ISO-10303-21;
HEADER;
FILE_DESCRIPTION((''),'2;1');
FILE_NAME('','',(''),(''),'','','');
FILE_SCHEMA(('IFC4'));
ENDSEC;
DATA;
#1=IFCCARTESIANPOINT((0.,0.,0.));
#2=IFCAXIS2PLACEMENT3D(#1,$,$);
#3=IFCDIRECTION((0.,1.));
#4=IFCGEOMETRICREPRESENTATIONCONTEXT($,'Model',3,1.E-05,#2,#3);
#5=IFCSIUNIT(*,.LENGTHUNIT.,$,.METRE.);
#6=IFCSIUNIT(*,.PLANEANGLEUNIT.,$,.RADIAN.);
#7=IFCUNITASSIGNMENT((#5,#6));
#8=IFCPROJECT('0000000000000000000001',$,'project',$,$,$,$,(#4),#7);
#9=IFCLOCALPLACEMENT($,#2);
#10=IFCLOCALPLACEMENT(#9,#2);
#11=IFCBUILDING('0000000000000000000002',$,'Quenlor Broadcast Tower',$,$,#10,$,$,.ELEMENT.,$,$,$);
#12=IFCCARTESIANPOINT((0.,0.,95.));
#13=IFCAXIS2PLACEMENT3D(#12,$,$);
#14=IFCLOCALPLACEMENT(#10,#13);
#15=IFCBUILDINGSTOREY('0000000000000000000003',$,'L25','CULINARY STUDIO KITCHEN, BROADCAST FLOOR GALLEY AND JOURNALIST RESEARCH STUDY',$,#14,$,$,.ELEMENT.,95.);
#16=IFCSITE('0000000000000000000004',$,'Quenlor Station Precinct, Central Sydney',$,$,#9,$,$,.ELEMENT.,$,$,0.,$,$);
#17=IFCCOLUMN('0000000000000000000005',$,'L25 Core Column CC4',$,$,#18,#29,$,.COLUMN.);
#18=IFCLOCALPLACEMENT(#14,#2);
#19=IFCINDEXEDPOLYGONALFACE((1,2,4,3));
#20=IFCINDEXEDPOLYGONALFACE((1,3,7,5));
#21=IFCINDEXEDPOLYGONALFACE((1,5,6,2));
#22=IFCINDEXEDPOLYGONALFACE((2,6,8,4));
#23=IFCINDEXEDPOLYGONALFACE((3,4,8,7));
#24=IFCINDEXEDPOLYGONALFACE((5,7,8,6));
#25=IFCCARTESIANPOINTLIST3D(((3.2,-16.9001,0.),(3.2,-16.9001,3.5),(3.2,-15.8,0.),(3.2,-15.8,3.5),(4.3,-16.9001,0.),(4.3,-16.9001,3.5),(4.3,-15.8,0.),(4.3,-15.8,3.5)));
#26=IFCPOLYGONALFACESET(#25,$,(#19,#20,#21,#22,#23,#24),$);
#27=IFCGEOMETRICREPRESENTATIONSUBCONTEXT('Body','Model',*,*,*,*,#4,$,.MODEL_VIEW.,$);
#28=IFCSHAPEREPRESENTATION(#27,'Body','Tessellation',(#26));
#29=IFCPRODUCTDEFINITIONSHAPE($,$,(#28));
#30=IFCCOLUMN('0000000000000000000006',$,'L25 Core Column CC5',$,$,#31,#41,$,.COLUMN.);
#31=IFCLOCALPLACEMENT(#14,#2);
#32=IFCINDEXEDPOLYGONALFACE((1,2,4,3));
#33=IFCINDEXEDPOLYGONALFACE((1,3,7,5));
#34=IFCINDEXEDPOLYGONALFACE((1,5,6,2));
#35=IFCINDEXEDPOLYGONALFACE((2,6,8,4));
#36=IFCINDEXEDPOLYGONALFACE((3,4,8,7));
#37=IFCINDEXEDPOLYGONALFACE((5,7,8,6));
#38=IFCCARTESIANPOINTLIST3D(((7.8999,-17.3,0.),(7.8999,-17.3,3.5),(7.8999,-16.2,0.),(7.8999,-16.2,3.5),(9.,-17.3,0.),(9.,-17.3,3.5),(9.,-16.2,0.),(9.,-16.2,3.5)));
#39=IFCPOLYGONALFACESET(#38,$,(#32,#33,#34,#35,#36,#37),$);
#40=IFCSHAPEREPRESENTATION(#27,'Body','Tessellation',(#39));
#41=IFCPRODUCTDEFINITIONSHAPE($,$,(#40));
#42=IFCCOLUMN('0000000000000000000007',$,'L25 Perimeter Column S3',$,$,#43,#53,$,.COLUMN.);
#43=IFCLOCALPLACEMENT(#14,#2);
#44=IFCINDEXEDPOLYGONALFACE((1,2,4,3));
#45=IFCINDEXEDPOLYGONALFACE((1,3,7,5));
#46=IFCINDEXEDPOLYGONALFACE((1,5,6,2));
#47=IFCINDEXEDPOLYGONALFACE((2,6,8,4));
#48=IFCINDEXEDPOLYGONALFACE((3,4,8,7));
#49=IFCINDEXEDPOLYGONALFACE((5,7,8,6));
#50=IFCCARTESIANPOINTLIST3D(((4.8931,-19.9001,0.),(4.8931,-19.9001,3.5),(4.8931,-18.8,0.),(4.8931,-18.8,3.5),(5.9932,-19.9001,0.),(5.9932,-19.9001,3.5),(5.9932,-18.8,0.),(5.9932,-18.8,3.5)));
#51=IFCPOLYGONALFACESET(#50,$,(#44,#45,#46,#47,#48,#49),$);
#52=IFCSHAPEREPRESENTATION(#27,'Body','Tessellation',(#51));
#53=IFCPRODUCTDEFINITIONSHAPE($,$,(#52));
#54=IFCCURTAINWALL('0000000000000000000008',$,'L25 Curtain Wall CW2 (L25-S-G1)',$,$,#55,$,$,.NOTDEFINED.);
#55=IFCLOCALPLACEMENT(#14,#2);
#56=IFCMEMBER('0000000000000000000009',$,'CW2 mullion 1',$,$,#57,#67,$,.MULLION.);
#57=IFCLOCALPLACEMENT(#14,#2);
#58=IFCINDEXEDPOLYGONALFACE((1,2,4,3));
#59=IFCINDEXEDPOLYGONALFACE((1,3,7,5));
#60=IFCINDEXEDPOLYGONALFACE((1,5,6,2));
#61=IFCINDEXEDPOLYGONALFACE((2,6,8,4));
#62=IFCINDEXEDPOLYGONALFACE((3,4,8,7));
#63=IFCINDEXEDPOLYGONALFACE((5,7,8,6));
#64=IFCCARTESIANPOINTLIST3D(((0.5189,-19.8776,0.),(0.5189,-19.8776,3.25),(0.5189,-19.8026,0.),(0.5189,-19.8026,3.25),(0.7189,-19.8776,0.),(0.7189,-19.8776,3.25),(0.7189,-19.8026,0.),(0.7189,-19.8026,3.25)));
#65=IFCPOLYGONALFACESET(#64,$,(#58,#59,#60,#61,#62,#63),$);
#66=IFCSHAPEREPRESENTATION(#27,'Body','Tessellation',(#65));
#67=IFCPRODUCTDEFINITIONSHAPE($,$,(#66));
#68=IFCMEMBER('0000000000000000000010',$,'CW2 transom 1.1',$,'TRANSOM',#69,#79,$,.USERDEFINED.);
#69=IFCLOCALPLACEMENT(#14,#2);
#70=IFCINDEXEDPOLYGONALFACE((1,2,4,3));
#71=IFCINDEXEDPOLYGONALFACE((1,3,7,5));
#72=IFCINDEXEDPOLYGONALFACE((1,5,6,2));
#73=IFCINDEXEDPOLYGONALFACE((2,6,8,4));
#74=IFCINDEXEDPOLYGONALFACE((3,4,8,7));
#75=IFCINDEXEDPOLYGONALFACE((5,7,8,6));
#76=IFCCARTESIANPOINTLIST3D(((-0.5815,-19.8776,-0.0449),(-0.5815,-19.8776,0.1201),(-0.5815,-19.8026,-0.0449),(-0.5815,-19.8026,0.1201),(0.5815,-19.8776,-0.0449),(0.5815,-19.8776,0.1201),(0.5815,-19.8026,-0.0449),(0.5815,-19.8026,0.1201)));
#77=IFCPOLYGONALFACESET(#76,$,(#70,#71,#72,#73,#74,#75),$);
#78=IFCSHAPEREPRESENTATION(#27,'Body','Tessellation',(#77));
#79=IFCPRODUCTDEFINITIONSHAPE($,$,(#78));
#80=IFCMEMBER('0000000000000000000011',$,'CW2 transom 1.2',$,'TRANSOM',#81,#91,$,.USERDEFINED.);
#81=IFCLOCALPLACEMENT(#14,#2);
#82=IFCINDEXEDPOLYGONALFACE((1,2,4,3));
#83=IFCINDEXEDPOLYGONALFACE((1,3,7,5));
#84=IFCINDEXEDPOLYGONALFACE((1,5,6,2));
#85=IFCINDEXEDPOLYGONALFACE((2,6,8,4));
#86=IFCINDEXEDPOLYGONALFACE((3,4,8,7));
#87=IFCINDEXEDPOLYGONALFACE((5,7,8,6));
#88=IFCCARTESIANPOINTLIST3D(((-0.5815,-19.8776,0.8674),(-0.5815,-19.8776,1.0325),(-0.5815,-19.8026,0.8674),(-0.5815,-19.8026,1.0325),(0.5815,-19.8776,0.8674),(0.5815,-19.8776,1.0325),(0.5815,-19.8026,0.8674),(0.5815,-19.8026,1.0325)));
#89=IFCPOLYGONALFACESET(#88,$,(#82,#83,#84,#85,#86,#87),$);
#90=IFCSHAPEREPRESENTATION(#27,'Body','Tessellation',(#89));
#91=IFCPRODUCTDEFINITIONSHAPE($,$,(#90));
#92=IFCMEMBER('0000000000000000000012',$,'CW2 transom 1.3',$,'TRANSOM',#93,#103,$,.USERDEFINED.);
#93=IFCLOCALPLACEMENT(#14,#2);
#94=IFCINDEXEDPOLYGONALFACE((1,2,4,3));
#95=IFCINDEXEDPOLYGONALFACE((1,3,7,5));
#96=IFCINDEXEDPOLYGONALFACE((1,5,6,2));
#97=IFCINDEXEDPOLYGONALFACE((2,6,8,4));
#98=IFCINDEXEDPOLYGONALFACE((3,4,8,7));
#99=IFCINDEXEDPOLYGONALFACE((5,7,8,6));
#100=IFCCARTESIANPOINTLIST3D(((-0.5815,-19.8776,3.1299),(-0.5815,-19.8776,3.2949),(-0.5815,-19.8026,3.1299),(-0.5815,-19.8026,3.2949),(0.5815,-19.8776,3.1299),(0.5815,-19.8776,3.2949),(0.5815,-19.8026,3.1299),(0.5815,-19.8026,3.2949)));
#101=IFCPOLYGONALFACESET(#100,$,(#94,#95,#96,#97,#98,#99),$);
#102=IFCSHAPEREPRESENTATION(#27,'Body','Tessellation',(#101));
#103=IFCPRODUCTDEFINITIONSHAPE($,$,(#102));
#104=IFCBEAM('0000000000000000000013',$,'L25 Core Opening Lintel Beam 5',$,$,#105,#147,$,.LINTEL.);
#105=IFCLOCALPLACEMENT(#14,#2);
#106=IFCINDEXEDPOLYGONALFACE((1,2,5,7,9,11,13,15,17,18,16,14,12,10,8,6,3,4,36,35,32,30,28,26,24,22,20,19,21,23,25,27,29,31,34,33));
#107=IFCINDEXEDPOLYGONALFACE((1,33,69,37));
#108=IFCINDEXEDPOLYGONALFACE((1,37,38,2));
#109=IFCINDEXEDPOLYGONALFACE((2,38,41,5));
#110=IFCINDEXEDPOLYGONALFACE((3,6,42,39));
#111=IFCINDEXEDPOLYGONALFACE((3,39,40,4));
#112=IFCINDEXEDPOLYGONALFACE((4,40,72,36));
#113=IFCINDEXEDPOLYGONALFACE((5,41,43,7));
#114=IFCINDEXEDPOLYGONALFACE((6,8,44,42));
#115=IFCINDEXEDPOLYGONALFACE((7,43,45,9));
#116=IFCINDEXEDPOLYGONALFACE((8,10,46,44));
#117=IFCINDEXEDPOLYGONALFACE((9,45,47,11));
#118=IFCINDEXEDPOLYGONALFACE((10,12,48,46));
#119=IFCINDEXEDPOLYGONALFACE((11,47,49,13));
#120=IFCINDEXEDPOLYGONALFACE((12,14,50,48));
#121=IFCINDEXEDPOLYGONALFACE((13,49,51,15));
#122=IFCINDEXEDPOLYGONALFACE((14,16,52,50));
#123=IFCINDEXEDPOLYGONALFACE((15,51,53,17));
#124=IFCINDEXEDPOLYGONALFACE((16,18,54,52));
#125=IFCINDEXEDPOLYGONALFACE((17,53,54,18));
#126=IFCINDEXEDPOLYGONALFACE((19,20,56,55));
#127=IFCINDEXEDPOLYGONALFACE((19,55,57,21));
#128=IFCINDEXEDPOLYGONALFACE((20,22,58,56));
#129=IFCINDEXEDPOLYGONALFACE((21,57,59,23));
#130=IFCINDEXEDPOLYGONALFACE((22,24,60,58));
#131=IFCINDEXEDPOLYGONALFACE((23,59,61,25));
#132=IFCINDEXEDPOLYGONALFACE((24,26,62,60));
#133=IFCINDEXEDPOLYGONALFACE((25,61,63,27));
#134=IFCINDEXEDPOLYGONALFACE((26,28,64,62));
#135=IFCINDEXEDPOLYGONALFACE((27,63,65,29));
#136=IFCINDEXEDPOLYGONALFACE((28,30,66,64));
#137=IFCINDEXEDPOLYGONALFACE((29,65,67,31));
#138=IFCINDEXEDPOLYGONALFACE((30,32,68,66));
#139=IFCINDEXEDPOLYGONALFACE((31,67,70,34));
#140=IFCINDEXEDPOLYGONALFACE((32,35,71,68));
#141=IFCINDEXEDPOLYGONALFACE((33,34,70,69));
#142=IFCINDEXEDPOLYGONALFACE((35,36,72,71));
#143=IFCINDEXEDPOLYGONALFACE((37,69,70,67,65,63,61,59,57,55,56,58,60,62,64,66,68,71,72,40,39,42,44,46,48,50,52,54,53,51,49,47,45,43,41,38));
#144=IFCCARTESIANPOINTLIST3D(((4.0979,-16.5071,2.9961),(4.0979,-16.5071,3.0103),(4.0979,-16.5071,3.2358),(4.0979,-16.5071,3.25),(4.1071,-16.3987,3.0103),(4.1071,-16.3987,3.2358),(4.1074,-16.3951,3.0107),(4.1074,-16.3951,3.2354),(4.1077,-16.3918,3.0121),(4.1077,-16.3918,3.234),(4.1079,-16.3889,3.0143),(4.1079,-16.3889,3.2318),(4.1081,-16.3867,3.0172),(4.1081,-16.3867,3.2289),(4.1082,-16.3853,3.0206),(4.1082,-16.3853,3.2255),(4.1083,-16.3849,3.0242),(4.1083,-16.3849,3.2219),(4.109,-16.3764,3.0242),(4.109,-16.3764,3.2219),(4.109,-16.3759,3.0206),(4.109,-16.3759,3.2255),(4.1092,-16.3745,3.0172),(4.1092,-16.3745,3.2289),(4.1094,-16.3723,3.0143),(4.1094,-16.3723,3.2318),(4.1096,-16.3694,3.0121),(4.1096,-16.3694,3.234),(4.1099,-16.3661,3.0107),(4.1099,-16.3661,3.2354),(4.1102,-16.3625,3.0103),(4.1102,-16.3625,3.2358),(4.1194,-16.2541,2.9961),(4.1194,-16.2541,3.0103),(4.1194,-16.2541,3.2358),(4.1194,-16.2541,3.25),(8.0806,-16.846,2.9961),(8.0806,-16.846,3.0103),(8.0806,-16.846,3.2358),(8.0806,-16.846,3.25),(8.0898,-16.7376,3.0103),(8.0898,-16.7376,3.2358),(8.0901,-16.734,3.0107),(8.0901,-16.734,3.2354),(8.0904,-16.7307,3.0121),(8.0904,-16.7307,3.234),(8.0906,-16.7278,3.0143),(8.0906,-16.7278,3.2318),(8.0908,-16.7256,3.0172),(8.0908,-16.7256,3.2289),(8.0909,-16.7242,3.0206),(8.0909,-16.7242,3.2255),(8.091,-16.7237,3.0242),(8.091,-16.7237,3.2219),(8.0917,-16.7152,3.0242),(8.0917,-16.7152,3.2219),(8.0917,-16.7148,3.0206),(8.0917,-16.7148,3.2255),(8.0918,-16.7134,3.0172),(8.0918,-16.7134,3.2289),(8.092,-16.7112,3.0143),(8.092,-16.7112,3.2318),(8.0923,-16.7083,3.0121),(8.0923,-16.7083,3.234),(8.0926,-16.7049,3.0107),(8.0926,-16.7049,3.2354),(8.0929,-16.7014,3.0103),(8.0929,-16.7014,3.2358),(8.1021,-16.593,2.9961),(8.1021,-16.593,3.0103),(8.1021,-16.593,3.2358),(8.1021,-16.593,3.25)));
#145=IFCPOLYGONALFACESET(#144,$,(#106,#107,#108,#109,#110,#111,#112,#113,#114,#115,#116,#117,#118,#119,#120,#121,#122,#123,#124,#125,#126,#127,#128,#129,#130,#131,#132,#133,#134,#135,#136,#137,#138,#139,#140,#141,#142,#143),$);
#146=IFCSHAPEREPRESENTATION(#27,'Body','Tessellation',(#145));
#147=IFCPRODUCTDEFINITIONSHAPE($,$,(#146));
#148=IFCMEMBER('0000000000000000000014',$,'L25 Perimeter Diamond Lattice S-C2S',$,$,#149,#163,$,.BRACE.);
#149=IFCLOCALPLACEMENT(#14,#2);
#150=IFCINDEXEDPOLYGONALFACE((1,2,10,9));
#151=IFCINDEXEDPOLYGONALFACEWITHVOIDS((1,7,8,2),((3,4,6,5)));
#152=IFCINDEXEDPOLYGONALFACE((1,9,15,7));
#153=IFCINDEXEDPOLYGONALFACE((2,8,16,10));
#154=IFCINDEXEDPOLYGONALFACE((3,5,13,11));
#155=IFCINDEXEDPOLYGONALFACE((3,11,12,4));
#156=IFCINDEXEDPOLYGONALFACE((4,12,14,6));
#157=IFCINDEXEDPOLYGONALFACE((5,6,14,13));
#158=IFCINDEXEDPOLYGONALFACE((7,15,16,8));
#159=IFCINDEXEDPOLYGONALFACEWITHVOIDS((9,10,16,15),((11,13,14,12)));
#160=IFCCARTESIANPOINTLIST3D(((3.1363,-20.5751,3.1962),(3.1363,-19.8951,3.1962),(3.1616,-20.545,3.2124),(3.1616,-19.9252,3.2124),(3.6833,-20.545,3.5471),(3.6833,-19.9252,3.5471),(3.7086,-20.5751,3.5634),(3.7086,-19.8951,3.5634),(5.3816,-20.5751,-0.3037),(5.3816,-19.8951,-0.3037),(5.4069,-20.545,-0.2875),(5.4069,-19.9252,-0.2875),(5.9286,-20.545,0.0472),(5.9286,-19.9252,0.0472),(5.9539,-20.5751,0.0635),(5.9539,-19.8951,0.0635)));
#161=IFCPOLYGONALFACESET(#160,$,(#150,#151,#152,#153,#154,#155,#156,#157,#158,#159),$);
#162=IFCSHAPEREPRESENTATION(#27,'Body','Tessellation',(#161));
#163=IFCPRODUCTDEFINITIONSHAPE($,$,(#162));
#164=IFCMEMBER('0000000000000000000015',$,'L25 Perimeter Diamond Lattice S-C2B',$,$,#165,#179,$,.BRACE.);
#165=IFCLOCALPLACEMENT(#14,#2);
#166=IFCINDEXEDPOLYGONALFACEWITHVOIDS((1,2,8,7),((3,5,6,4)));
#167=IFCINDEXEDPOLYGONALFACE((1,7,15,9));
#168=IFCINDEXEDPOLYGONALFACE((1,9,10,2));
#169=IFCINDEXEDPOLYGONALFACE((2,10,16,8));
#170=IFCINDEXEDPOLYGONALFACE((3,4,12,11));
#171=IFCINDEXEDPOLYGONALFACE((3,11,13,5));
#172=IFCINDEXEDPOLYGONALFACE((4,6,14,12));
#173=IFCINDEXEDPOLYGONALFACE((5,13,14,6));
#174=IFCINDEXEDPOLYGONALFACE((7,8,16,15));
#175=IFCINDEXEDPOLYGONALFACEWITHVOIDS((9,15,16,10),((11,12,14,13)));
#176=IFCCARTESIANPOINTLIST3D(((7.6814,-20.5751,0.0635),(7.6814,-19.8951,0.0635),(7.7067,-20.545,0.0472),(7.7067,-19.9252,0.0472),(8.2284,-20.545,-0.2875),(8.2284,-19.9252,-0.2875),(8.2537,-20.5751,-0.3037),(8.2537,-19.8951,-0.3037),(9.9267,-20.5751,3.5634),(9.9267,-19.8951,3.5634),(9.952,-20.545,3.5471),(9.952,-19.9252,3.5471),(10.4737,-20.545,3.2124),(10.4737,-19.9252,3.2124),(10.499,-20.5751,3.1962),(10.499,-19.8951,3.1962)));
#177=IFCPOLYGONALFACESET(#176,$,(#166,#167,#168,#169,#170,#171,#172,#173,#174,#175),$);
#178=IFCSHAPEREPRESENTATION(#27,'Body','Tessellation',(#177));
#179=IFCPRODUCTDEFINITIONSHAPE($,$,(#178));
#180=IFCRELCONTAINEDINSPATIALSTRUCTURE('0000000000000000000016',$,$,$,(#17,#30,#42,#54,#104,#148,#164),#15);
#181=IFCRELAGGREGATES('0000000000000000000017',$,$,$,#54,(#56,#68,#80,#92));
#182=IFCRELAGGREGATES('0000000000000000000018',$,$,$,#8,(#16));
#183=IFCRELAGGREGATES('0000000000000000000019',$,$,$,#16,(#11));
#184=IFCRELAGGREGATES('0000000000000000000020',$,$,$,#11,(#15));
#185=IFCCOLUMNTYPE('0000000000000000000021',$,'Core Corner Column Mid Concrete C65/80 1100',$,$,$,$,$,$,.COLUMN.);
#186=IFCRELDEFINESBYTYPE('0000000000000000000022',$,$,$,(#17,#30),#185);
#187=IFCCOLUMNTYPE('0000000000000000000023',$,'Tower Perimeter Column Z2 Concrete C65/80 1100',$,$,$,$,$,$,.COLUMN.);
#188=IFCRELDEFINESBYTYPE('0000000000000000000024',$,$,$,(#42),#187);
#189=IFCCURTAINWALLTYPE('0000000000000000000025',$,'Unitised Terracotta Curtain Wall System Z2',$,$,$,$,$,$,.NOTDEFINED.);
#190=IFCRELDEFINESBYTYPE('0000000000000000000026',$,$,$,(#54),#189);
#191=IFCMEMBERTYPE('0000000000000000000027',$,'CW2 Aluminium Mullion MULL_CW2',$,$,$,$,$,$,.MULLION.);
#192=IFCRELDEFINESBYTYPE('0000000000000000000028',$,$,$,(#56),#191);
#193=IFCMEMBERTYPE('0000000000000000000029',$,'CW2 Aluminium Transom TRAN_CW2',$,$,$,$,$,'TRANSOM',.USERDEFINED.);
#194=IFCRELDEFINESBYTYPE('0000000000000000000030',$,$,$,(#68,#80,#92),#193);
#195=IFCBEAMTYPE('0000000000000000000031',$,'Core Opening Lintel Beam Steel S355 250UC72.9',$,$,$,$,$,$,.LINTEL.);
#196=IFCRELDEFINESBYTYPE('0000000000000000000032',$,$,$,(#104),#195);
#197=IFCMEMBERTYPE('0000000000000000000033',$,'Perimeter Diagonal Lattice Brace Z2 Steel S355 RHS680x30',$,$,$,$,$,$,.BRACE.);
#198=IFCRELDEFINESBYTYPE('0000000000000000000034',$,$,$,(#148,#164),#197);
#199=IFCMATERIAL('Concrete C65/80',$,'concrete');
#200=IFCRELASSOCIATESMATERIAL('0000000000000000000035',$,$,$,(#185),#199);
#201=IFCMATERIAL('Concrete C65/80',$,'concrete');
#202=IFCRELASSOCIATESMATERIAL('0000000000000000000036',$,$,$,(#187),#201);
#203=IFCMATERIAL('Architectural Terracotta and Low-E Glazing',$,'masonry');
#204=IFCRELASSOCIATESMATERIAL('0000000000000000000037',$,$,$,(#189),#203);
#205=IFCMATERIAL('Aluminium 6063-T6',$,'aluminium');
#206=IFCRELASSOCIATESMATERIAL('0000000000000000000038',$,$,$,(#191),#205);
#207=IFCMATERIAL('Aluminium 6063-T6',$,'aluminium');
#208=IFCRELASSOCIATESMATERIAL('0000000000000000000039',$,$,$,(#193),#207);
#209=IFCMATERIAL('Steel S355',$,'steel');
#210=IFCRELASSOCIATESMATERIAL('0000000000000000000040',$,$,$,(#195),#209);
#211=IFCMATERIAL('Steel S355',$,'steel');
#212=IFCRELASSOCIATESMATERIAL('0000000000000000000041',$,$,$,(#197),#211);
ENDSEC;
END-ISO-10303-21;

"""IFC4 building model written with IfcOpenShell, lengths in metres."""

from ifc_helpers import new_model, si_unit, direction, frame, origin, origin_2d, place, context, subcontext, project, spatial, rectangle, hollow_rectangle, i_section, extrude, material, material_profile, profile_set, type_object, element, aggregate, save


model = new_model("IFC4")

# Units and contexts
model_context = context("Model", 3, precision=1e-05, world=origin(), true_north=direction((0.0, 1.0)))
body_context = subcontext(model_context, "Body", "Model", "MODEL_VIEW")
ifc_project = project(units=[si_unit("LENGTHUNIT", "METRE"), si_unit("PLANEANGLEUNIT", "RADIAN")], contexts=[model_context])

# Site, building, storey
site_placement = place(None, origin())
site = spatial("IfcSite", under=ifc_project, at=site_placement, Name="Quenlor Station Precinct, Central Sydney", CompositionType="ELEMENT", RefElevation=0.0)
building_placement = place(site_placement, origin())
building = spatial("IfcBuilding", under=site, at=building_placement, Name="Quenlor Broadcast Tower", CompositionType="ELEMENT")
storey_placement = place(building_placement, frame((0.0, 0.0, 95.0)))
storey = spatial("IfcBuildingStorey", under=building, at=storey_placement, Name="L25", Description="CULINARY STUDIO KITCHEN, BROADCAST FLOOR GALLEY AND JOURNALIST RESEARCH STUDY", CompositionType="ELEMENT", Elevation=95.0)

# Columns
ifc_material_1 = material(Name="Concrete C65/80", Category="concrete")
ifc_material_profile_1 = material_profile(ifc_material_1, rectangle(XDim=1.1001, YDim=1.1001, at=origin_2d()))
ifc_profile_set_1 = profile_set([ifc_material_profile_1], Name="Concrete C65/80 RC1100x1100")
column_type_1 = type_object("IfcColumnType", Name="Core Corner Column Mid Concrete C65/80 1100", PredefinedType="COLUMN", material=ifc_profile_set_1)
for number, where, z_axis, x_axis, name in (
    (1, (3.75, -16.3501, 0.0), (0.0, 0.0, 1.0), (1.0, 0.0, 0.0), "L25 Core Column CC4"),
    (2, (8.45, -16.75, 0.0), (0.0, 0.0, 1.0), (1.0, 0.0, 0.0), "L25 Core Column CC5"),
):
    element("IfcColumn", number, at=place(storey_placement, frame(where, z_axis=z_axis, x_axis=x_axis)), inside=storey, type_object=column_type_1, Name=name, PredefinedType="COLUMN", context=body_context, shape_type="SweptSolid", body=[
        extrude(rectangle(XDim=1.1001, YDim=1.1001, at=origin_2d()), origin(), (0.0, 0.0, 1.0), 3.5),
    ])
ifc_material_2 = material(Name="Concrete C65/80", Category="concrete")
ifc_material_profile_2 = material_profile(ifc_material_2, rectangle(XDim=1.1001, YDim=1.1001, at=origin_2d()))
ifc_profile_set_2 = profile_set([ifc_material_profile_2], Name="Concrete C65/80 RC1100x1100")
column_type_2 = type_object("IfcColumnType", Name="Tower Perimeter Column Z2 Concrete C65/80 1100", PredefinedType="COLUMN", material=ifc_profile_set_2)
column_placement = place(storey_placement, frame((5.4431, -19.3501, 0.0), z_axis=(0.0, 0.0, 1.0), x_axis=(0.0, 1.0, 0.0)))
element("IfcColumn", 3, at=column_placement, inside=storey, type_object=column_type_2, Name="L25 Perimeter Column S3", PredefinedType="COLUMN", context=body_context, shape_type="SweptSolid", body=[
    extrude(rectangle(XDim=1.1001, YDim=1.1001, at=origin_2d()), origin(), (0.0, 0.0, 1.0), 3.5),
])

# Curtain wall, members
ifc_material_3 = material(Name="Architectural Terracotta and Low-E Glazing", Category="masonry")
curtain_wall_type = type_object("IfcCurtainWallType", Name="Unitised Terracotta Curtain Wall System Z2", PredefinedType="NOTDEFINED", material=ifc_material_3)
curtain_wall_placement = place(storey_placement, origin())
curtain_wall = element("IfcCurtainWall", 4, at=curtain_wall_placement, inside=storey, type_object=curtain_wall_type, Name="L25 Curtain Wall CW2 (L25-S-G1)", PredefinedType="NOTDEFINED")
ifc_material_4 = material(Name="Aluminium 6063-T6", Category="aluminium")
ifc_material_profile_3 = material_profile(ifc_material_4, rectangle(XDim=0.075, YDim=0.2, at=origin_2d()))
ifc_profile_set_3 = profile_set([ifc_material_profile_3], Name="Aluminium 6063-T6 MULL75x200")
member_type_1 = type_object("IfcMemberType", Name="CW2 Aluminium Mullion MULL_CW2", PredefinedType="MULLION", material=ifc_profile_set_3)
member_1_placement = place(storey_placement, frame((0.6189, -19.8401, 0.0), z_axis=(0.0, 0.0, 1.0), x_axis=(0.0, -1.0, 0.0)))
member_1 = element("IfcMember", 5, at=member_1_placement, type_object=member_type_1, Name="CW2 mullion 1", PredefinedType="MULLION", context=body_context, shape_type="SweptSolid", body=[
    extrude(rectangle(XDim=0.075, YDim=0.2, at=origin_2d()), origin(), (0.0, 0.0, 1.0), 3.25),
])
ifc_material_5 = material(Name="Aluminium 6063-T6", Category="aluminium")
ifc_material_profile_4 = material_profile(ifc_material_5, rectangle(XDim=0.075, YDim=0.165, at=origin_2d()))
ifc_profile_set_4 = profile_set([ifc_material_profile_4], Name="Aluminium 6063-T6 TRAN75x165")
member_type_2 = type_object("IfcMemberType", Name="CW2 Aluminium Transom TRAN_CW2", ElementType="TRANSOM", PredefinedType="USERDEFINED", material=ifc_profile_set_4)
member_2_placement = place(storey_placement, frame((0.5815, -19.8401, 0.0376), z_axis=(-1.0, 0.0, 0.0), x_axis=(0.0, -1.0, 0.0)))
member_2 = element("IfcMember", 6, at=member_2_placement, type_object=member_type_2, Name="CW2 transom 1.1", ObjectType="TRANSOM", PredefinedType="USERDEFINED", context=body_context, shape_type="SweptSolid", body=[
    extrude(rectangle(XDim=0.075, YDim=0.165, at=origin_2d()), origin(), (0.0, 0.0, 1.0), 1.1631),
])
member_3_placement = place(storey_placement, frame((0.5815, -19.8401, 0.95), z_axis=(-1.0, 0.0, 0.0), x_axis=(0.0, -1.0, 0.0)))
member_3 = element("IfcMember", 7, at=member_3_placement, type_object=member_type_2, Name="CW2 transom 1.2", ObjectType="TRANSOM", PredefinedType="USERDEFINED", context=body_context, shape_type="SweptSolid", body=[
    extrude(rectangle(XDim=0.075, YDim=0.165, at=origin_2d()), origin(), (0.0, 0.0, 1.0), 1.1631),
])
member_4_placement = place(storey_placement, frame((0.5815, -19.8401, 3.2124), z_axis=(-1.0, 0.0, 0.0), x_axis=(0.0, -1.0, 0.0)))
member_4 = element("IfcMember", 8, at=member_4_placement, type_object=member_type_2, Name="CW2 transom 1.3", ObjectType="TRANSOM", PredefinedType="USERDEFINED", context=body_context, shape_type="SweptSolid", body=[
    extrude(rectangle(XDim=0.075, YDim=0.165, at=origin_2d()), origin(), (0.0, 0.0, 1.0), 1.1631),
])
aggregate(curtain_wall, [member_1, member_2, member_3, member_4])

# Beam
ifc_material_6 = material(Name="Steel S355", Category="steel")
ifc_material_profile_5 = material_profile(ifc_material_6, i_section(OverallWidth=0.2539, OverallDepth=0.2539, WebThickness=0.0085, FlangeThickness=0.0142, FilletRadius=0.0139, at=origin_2d()))
ifc_profile_set_5 = profile_set([ifc_material_profile_5], Name="Steel S355 250UC72.9")
beam_type_1 = type_object("IfcBeamType", Name="Core Opening Lintel Beam Steel S355 250UC72.9", PredefinedType="LINTEL", material=ifc_profile_set_5)
beam_1_placement = place(storey_placement, frame((4.1086, -16.3806, 3.123), z_axis=(0.9964, -0.084779, 0.0), x_axis=(0.084779, 0.9964, 0.0)))
element("IfcBeam", 9, at=beam_1_placement, inside=storey, type_object=beam_type_1, Name="L25 Core Opening Lintel Beam 5", PredefinedType="LINTEL", context=body_context, shape_type="SweptSolid", body=[
    extrude(i_section(OverallWidth=0.2539, OverallDepth=0.2539, WebThickness=0.0085, FlangeThickness=0.0142, FilletRadius=0.0139, at=origin_2d()), origin(), (0.0, 0.0, 1.0), 3.9971),
])

# Members
ifc_material_7 = material(Name="Steel S355", Category="steel")
ifc_material_profile_6 = material_profile(ifc_material_7, hollow_rectangle(XDim=0.6799, YDim=0.6799, WallThickness=0.03, at=origin_2d()))
ifc_profile_set_6 = profile_set([ifc_material_profile_6], Name="Steel S355 RHS680x680x30")
member_type_3 = type_object("IfcMemberType", Name="Perimeter Diagonal Lattice Brace Z2 Steel S355 RHS680x30", PredefinedType="BRACE", material=ifc_profile_set_6)
for number, where, z_axis, x_axis, name in (
    (10, (5.6677, -20.2351, -0.1201), (-0.539968, 0.0, 0.841686), (0.0, -1.0, 0.0), "L25 Perimeter Diamond Lattice S-C2S"),
    (11, (7.9675, -20.2351, -0.1201), (0.539968, 0.0, 0.841686), (0.0, 1.0, 0.0), "L25 Perimeter Diamond Lattice S-C2B"),
):
    element("IfcMember", number, at=place(storey_placement, frame(where, z_axis=z_axis, x_axis=x_axis)), inside=storey, type_object=member_type_3, Name=name, PredefinedType="BRACE", context=body_context, shape_type="SweptSolid", body=[
        extrude(hollow_rectangle(XDim=0.6799, YDim=0.6799, WallThickness=0.03, at=origin_2d()), origin(), (0.0, 0.0, 1.0), 4.1582),
    ])

save(model, "model.ifc")
